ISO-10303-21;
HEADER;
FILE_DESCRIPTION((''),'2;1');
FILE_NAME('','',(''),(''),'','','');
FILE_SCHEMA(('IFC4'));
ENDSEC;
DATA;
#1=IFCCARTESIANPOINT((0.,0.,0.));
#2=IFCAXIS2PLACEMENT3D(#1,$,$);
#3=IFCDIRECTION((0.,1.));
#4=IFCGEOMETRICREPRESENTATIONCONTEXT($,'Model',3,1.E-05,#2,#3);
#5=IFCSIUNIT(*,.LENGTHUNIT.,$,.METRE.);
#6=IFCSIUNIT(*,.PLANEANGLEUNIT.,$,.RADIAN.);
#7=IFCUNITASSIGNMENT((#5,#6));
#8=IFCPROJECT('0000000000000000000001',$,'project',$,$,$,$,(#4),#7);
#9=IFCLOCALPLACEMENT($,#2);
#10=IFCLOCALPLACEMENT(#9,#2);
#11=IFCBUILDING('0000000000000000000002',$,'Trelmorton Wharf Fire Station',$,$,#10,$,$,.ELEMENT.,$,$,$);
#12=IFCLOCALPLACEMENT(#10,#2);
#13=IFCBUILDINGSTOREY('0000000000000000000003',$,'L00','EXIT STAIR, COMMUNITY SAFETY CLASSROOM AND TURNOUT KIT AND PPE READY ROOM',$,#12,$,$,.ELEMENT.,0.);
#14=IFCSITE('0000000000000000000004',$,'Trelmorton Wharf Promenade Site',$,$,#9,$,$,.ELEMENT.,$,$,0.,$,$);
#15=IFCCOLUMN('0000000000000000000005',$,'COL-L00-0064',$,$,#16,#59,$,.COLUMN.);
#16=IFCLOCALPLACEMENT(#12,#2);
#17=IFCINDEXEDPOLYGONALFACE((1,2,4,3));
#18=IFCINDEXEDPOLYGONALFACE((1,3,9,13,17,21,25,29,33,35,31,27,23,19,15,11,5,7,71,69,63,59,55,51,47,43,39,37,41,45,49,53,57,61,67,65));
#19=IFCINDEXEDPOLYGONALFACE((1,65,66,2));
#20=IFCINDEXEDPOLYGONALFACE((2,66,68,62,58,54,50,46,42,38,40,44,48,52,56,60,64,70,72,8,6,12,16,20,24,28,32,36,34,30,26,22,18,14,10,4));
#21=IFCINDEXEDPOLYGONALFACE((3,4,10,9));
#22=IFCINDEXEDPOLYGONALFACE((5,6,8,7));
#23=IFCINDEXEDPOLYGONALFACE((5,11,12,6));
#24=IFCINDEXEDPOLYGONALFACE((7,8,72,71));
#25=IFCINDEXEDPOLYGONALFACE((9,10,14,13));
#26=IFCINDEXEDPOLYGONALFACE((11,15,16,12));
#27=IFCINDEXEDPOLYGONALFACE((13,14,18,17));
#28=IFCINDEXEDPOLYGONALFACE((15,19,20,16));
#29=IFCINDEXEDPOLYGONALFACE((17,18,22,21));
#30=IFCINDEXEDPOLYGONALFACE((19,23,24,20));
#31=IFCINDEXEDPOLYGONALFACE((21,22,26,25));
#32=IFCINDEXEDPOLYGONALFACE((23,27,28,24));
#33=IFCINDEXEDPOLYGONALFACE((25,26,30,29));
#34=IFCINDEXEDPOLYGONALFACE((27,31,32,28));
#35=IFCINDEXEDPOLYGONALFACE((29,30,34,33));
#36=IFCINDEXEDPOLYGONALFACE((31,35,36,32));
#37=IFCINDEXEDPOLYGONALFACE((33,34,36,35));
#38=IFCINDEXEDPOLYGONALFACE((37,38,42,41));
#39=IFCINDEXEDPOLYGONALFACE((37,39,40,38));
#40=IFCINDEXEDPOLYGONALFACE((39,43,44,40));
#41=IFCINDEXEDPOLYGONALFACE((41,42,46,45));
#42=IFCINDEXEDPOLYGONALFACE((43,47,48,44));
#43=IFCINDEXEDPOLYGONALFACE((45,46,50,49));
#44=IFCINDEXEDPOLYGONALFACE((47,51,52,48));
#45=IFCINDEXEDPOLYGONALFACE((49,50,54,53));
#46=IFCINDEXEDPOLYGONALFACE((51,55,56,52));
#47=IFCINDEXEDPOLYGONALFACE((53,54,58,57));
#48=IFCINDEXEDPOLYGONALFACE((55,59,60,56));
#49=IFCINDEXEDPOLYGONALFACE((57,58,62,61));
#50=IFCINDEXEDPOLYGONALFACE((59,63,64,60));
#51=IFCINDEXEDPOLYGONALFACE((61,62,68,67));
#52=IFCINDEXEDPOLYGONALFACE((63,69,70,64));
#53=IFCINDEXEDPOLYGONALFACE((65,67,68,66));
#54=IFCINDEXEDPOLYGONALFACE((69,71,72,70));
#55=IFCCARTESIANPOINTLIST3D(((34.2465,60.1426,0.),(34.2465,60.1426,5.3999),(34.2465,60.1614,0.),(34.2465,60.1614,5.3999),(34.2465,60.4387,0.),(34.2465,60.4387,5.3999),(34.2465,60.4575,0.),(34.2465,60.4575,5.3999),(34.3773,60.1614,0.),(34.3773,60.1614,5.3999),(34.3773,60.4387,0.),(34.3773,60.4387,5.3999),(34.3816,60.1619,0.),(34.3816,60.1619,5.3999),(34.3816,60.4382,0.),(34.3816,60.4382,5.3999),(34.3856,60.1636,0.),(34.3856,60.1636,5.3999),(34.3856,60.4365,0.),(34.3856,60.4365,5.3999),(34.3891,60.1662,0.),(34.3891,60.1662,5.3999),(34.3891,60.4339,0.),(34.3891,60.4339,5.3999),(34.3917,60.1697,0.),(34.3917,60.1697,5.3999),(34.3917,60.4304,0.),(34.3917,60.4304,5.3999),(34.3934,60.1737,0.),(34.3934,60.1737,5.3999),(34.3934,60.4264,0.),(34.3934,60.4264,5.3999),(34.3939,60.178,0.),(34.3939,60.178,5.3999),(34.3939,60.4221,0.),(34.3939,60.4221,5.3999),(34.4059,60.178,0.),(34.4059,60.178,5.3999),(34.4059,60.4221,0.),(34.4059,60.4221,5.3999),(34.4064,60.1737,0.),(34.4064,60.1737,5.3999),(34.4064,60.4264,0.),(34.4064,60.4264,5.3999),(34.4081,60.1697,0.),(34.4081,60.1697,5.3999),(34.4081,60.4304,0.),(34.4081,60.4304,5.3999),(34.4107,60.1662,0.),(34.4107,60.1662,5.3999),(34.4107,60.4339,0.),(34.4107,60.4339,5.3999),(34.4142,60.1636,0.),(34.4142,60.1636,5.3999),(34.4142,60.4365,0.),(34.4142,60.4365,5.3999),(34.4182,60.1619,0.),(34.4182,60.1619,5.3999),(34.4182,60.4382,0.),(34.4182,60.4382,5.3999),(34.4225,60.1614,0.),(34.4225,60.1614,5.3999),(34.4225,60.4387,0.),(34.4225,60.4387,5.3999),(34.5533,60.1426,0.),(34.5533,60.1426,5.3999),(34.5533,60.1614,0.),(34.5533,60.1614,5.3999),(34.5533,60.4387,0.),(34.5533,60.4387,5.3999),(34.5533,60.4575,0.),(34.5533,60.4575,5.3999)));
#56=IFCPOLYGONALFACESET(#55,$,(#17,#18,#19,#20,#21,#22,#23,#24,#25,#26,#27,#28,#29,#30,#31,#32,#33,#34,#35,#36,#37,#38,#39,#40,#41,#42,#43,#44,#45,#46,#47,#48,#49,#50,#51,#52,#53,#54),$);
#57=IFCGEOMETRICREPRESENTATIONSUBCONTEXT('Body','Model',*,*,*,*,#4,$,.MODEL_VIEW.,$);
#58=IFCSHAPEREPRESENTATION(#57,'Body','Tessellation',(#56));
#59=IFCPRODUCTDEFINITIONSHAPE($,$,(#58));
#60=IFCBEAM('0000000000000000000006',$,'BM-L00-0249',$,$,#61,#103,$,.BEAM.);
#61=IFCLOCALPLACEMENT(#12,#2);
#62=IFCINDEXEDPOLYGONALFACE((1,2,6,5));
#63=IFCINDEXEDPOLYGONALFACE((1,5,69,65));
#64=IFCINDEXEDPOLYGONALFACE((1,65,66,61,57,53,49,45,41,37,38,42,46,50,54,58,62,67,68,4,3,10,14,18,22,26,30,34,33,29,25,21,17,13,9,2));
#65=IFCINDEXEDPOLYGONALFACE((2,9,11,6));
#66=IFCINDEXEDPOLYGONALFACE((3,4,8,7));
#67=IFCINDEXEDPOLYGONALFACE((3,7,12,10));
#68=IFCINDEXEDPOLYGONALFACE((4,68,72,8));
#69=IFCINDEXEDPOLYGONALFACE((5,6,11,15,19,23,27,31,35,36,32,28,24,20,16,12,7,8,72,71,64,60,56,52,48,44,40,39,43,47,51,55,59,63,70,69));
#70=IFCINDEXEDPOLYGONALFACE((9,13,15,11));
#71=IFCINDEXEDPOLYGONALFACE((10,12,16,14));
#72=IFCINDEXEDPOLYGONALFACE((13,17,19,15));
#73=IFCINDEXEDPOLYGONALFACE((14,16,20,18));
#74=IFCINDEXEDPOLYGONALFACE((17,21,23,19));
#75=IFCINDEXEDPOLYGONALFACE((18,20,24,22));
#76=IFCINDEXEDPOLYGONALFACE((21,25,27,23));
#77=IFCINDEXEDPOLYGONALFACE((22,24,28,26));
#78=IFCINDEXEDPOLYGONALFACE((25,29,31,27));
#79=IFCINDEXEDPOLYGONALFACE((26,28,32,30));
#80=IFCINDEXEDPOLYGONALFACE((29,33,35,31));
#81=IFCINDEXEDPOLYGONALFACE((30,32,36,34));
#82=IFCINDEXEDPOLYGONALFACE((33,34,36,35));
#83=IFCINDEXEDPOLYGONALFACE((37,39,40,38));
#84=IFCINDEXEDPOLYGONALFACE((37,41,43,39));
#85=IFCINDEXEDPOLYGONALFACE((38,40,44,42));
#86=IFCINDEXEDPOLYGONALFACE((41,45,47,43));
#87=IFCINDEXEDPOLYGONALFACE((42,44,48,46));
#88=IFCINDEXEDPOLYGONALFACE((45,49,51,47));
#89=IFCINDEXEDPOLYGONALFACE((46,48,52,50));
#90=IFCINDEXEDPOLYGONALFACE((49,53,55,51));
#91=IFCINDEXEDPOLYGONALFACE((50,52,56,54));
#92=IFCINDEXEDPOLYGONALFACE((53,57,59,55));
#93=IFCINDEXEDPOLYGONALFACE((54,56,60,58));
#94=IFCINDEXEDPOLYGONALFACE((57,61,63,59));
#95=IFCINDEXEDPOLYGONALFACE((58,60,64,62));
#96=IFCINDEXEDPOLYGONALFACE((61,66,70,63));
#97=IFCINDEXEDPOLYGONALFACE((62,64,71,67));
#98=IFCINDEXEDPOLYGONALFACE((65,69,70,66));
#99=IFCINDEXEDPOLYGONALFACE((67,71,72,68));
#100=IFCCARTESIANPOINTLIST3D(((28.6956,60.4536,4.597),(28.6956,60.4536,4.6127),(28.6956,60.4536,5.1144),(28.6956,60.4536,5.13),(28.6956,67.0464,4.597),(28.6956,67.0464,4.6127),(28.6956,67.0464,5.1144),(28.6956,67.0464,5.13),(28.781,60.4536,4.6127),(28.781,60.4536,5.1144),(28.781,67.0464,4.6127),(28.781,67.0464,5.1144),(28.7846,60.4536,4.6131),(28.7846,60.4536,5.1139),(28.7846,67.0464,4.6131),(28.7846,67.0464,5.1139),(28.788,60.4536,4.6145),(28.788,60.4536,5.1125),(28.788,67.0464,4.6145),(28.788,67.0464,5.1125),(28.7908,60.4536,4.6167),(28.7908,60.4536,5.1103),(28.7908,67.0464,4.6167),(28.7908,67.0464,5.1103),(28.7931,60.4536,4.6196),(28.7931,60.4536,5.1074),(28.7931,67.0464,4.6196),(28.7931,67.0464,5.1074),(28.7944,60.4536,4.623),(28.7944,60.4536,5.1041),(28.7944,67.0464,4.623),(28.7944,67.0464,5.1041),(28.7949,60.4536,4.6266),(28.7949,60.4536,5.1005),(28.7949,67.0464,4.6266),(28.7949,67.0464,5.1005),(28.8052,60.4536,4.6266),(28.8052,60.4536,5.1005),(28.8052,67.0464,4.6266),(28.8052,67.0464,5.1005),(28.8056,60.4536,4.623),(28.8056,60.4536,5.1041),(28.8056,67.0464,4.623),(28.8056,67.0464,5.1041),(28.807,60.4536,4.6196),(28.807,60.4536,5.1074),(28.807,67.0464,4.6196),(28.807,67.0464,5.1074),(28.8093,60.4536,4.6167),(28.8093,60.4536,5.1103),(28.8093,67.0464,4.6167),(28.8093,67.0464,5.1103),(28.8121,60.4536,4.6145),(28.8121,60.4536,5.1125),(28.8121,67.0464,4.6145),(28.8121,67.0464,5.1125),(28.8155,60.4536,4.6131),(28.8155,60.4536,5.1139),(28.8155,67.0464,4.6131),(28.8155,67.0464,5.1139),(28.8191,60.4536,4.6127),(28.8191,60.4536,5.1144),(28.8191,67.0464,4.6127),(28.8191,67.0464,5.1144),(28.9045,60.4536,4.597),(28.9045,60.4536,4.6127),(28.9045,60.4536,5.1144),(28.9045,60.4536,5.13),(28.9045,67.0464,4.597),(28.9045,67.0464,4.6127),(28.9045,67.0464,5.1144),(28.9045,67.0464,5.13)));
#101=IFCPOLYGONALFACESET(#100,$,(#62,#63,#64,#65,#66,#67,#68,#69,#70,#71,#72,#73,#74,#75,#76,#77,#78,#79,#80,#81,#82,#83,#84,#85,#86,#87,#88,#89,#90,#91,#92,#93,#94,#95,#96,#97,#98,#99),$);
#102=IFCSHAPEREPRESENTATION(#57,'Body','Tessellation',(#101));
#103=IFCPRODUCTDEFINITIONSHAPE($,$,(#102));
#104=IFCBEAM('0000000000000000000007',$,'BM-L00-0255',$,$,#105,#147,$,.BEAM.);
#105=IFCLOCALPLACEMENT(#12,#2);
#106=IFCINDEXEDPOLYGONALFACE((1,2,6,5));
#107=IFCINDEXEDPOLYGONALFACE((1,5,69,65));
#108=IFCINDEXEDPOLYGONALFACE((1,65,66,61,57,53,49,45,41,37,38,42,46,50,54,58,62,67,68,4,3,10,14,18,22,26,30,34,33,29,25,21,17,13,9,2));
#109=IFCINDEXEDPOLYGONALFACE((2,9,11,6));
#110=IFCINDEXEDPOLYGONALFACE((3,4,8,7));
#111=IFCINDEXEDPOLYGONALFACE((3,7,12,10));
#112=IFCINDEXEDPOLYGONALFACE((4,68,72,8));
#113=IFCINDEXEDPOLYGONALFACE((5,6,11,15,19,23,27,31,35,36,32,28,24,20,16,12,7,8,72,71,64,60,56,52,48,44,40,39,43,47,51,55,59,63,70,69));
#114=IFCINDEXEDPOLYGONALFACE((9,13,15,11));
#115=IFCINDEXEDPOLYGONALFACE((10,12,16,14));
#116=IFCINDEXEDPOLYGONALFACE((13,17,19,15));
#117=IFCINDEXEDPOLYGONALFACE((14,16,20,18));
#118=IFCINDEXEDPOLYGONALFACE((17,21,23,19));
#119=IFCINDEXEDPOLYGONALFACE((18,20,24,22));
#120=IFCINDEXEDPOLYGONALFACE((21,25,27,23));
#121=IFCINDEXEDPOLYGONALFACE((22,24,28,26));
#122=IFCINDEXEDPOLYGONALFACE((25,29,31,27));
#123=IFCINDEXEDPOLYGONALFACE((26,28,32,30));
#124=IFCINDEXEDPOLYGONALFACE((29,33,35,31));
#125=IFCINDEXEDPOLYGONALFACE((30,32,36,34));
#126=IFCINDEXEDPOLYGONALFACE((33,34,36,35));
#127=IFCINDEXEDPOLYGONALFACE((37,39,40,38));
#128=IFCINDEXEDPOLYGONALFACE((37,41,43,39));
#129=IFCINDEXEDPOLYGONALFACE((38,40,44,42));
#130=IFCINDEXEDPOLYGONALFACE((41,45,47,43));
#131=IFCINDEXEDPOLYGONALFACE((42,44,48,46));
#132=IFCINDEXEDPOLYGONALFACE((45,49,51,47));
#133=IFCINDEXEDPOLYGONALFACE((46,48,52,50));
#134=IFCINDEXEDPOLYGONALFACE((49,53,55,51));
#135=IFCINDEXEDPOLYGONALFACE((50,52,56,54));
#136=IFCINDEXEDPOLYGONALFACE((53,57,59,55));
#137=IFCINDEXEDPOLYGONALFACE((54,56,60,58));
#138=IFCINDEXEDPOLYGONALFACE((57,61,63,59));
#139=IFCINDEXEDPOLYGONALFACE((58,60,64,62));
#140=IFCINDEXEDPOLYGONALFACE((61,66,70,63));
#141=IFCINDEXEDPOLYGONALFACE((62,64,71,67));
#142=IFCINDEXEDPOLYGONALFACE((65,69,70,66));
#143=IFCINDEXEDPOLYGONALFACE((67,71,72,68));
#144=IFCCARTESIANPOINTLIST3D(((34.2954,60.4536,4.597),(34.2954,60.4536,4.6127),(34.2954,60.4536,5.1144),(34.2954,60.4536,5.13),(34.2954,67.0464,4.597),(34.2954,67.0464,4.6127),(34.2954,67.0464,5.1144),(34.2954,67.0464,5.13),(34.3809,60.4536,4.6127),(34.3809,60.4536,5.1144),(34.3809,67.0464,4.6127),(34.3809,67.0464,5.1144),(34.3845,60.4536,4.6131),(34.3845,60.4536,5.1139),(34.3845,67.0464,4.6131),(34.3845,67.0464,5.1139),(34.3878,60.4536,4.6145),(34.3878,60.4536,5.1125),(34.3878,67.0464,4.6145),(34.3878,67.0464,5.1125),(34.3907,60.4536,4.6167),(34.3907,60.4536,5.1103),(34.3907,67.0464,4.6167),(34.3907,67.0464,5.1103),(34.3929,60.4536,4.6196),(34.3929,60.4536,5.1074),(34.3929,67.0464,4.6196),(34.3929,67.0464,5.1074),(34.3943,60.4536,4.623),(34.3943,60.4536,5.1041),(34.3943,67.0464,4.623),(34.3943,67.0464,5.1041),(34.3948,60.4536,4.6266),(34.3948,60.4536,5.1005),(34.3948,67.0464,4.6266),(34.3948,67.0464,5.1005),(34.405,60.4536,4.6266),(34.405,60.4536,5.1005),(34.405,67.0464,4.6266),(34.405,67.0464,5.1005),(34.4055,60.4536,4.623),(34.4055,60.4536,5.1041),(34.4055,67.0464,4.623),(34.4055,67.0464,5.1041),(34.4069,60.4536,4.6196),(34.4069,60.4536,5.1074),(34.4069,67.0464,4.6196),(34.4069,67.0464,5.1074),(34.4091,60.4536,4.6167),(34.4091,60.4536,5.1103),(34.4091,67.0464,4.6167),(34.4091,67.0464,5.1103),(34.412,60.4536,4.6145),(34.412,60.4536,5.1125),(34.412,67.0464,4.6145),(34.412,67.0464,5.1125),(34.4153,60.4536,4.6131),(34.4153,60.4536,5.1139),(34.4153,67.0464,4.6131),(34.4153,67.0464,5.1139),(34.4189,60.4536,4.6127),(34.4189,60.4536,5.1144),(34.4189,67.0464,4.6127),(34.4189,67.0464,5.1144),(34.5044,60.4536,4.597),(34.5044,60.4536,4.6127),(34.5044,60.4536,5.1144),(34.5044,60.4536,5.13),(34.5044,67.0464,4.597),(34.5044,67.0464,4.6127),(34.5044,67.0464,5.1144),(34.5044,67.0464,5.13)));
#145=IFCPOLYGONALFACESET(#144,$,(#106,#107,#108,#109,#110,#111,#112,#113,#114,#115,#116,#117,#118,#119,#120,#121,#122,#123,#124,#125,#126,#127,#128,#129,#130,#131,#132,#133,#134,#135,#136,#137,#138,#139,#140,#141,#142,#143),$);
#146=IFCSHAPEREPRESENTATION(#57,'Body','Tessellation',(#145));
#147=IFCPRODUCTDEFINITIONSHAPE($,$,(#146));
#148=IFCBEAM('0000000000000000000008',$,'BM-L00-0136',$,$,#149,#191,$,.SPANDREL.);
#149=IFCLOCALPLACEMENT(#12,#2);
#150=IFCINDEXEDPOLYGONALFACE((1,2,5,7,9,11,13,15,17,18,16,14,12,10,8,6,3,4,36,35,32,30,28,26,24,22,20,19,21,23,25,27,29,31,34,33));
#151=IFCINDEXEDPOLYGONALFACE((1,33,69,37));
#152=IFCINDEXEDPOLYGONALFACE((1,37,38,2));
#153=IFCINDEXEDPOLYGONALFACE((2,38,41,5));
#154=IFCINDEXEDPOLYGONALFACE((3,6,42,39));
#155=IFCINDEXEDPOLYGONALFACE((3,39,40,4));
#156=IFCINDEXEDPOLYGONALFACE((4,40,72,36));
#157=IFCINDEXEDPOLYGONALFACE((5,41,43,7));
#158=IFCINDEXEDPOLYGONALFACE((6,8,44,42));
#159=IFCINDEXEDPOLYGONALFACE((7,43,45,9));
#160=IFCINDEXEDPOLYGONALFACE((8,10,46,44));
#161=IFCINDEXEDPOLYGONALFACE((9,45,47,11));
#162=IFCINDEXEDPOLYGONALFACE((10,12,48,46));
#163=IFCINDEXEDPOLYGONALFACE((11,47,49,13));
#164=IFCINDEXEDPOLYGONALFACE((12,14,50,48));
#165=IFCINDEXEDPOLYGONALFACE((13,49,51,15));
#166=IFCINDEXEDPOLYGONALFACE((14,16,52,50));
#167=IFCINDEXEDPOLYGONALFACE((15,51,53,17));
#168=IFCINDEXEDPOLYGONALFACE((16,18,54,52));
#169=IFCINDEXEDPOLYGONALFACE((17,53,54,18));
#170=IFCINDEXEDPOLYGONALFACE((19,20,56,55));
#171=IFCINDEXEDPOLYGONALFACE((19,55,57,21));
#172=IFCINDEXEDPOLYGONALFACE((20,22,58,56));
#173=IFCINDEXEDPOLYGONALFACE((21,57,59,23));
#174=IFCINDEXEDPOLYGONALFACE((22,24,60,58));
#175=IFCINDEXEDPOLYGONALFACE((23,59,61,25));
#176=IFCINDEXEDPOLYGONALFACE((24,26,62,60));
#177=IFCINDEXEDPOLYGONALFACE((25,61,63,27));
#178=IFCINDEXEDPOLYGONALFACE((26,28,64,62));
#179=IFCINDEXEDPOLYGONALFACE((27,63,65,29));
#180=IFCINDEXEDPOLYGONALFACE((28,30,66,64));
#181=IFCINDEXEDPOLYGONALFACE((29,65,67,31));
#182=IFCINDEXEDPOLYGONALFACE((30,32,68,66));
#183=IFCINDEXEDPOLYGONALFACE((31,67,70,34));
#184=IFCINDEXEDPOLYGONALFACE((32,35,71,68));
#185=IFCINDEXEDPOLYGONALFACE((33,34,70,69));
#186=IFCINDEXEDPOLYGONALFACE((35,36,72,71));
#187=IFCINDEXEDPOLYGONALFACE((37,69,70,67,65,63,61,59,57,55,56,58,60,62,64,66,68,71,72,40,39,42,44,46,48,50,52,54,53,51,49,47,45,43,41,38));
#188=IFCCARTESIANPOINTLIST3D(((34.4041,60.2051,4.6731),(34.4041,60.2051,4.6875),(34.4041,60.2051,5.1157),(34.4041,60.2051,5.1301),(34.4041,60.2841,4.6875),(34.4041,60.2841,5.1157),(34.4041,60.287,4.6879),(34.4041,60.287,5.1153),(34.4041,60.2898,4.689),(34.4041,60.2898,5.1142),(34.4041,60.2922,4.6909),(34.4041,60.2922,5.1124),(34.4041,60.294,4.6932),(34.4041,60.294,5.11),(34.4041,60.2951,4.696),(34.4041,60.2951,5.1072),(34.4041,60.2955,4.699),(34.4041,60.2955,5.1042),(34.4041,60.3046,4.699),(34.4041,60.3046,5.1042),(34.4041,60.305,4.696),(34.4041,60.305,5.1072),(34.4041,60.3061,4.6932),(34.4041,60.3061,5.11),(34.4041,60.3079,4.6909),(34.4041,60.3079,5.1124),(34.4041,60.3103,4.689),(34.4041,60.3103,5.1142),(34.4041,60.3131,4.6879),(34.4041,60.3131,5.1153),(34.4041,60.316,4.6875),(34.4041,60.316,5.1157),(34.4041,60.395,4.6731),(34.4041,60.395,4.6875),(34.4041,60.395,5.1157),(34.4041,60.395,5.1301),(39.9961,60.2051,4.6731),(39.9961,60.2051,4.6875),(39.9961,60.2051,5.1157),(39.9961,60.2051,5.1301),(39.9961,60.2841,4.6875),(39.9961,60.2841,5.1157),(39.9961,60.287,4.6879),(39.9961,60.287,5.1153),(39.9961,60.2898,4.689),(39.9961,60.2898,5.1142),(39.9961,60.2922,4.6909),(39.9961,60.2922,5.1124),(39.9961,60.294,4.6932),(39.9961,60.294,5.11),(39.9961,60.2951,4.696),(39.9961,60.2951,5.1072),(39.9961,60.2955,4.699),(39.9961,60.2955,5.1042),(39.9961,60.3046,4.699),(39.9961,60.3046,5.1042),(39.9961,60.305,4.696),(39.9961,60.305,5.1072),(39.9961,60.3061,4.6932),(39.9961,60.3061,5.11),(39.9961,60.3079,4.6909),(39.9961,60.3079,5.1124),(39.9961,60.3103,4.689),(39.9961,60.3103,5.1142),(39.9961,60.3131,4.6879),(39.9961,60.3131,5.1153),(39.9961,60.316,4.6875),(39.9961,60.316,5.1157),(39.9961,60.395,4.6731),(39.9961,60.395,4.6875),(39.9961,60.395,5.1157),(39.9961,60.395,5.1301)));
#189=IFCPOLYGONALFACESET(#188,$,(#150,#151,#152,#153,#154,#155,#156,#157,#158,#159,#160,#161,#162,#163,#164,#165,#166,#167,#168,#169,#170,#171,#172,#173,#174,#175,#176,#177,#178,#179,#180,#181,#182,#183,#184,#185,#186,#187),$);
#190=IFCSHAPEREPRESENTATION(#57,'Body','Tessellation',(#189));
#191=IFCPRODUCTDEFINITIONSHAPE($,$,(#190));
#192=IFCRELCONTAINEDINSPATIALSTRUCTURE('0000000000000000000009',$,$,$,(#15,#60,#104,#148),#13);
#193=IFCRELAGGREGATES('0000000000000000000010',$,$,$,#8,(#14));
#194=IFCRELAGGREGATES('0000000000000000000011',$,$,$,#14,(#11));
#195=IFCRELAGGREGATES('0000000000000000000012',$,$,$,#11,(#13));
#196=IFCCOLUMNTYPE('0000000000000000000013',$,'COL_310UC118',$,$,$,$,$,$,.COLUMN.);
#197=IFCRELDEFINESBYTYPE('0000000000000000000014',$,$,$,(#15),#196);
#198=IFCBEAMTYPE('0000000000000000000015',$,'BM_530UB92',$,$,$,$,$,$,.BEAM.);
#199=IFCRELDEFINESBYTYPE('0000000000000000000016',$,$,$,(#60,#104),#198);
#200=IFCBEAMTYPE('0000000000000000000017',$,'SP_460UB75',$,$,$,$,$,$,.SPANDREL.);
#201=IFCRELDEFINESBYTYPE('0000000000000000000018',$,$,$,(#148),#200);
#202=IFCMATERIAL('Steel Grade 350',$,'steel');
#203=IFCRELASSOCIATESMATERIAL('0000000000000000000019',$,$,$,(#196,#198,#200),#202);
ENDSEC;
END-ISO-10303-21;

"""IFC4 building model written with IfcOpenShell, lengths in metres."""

from ifc_helpers import new_model, si_unit, direction, frame, origin, origin_2d, place, context, subcontext, project, spatial, i_section, extrude, material, material_profile, profile_set, type_object, element, save


model = new_model("IFC4")

# Units and contexts
model_context = context("Model", 3, precision=1e-05, world=origin(), true_north=direction((0.0, 1.0)))
body_context = subcontext(model_context, "Body", "Model", "MODEL_VIEW")
ifc_project = project(units=[si_unit("LENGTHUNIT", "METRE"), si_unit("PLANEANGLEUNIT", "RADIAN")], contexts=[model_context])

# Site, building, storey
site_placement = place(None, origin())
site = spatial("IfcSite", under=ifc_project, at=site_placement, Name="Trelmorton Wharf Promenade Site", CompositionType="ELEMENT", RefElevation=0.0)
building_placement = place(site_placement, origin())
building = spatial("IfcBuilding", under=site, at=building_placement, Name="Trelmorton Wharf Fire Station", CompositionType="ELEMENT")
storey_placement = place(building_placement, origin())
storey = spatial("IfcBuildingStorey", under=building, at=storey_placement, Name="L00", Description="EXIT STAIR, COMMUNITY SAFETY CLASSROOM AND TURNOUT KIT AND PPE READY ROOM", CompositionType="ELEMENT", Elevation=0.0)

# Column
ifc_material_1 = material(Name="Steel Grade 350", Category="steel")
ifc_material_profile_1 = material_profile(ifc_material_1, i_section(OverallWidth=0.3069, OverallDepth=0.3149, WebThickness=0.012, FlangeThickness=0.0188, FilletRadius=0.0166, at=origin_2d()), Name="310UC118")
ifc_profile_set_1 = profile_set([ifc_material_profile_1], Name="Steel Grade 350")
column_type_1 = type_object("IfcColumnType", Name="COL_310UC118", PredefinedType="COLUMN", material=ifc_profile_set_1)
for number, where, z_axis, x_axis, name in (
    (1, (34.3999, 60.3, 0.0), (0.0, 0.0, 1.0), (1.0, 0.0, 0.0), "COL-L00-0064"),
):
    element("IfcColumn", number, at=place(storey_placement, frame(where, z_axis=z_axis, x_axis=x_axis)), inside=storey, type_object=column_type_1, Name=name, PredefinedType="COLUMN", context=body_context, shape_type="SweptSolid", body=[
        extrude(i_section(OverallWidth=0.3069, OverallDepth=0.3149, WebThickness=0.012, FlangeThickness=0.0188, FilletRadius=0.0166, at=origin_2d()), origin(), (0.0, 0.0, 1.0), 5.3999),
    ])

# Beams
ifc_material_profile_2 = material_profile(ifc_material_1, i_section(OverallWidth=0.209, OverallDepth=0.533, WebThickness=0.0103, FlangeThickness=0.0156, FilletRadius=0.0139, at=origin_2d()), Name="530UB92.4")
ifc_profile_set_2 = profile_set([ifc_material_profile_2], Name="Steel Grade 350")
beam_type_1 = type_object("IfcBeamType", Name="BM_530UB92", PredefinedType="BEAM", material=ifc_profile_set_2)
for number, where, z_axis, x_axis, name in (
    (2, (28.8, 60.4536, 4.8635), (0.0, 1.0, 0.0), (-1.0, 0.0, 0.0), "BM-L00-0249"),
    (3, (34.3999, 60.4536, 4.8635), (0.0, 1.0, 0.0), (-1.0, 0.0, 0.0), "BM-L00-0255"),
):
    element("IfcBeam", number, at=place(storey_placement, frame(where, z_axis=z_axis, x_axis=x_axis)), inside=storey, type_object=beam_type_1, Name=name, PredefinedType="BEAM", context=body_context, shape_type="SweptSolid", body=[
        extrude(i_section(OverallWidth=0.209, OverallDepth=0.533, WebThickness=0.0103, FlangeThickness=0.0156, FilletRadius=0.0139, at=origin_2d()), origin(), (0.0, 0.0, 1.0), 6.5928),
    ])
ifc_material_profile_3 = material_profile(ifc_material_1, i_section(OverallWidth=0.1899, OverallDepth=0.457, WebThickness=0.009, FlangeThickness=0.0144, FilletRadius=0.0115, at=origin_2d()), Name="460UB74.6")
ifc_profile_set_3 = profile_set([ifc_material_profile_3], Name="Steel Grade 350")
beam_type_2 = type_object("IfcBeamType", Name="SP_460UB75", PredefinedType="SPANDREL", material=ifc_profile_set_3)
beam_placement = place(storey_placement, frame((34.4041, 60.3, 4.9016), z_axis=(1.0, 0.0, 0.0), x_axis=(0.0, 1.0, 0.0)))
element("IfcBeam", 4, at=beam_placement, inside=storey, type_object=beam_type_2, Name="BM-L00-0136", PredefinedType="SPANDREL", context=body_context, shape_type="SweptSolid", body=[
    extrude(i_section(OverallWidth=0.1899, OverallDepth=0.457, WebThickness=0.009, FlangeThickness=0.0144, FilletRadius=0.0115, at=origin_2d()), origin(), (0.0, 0.0, 1.0), 5.592),
])

save(model, "model.ifc")
